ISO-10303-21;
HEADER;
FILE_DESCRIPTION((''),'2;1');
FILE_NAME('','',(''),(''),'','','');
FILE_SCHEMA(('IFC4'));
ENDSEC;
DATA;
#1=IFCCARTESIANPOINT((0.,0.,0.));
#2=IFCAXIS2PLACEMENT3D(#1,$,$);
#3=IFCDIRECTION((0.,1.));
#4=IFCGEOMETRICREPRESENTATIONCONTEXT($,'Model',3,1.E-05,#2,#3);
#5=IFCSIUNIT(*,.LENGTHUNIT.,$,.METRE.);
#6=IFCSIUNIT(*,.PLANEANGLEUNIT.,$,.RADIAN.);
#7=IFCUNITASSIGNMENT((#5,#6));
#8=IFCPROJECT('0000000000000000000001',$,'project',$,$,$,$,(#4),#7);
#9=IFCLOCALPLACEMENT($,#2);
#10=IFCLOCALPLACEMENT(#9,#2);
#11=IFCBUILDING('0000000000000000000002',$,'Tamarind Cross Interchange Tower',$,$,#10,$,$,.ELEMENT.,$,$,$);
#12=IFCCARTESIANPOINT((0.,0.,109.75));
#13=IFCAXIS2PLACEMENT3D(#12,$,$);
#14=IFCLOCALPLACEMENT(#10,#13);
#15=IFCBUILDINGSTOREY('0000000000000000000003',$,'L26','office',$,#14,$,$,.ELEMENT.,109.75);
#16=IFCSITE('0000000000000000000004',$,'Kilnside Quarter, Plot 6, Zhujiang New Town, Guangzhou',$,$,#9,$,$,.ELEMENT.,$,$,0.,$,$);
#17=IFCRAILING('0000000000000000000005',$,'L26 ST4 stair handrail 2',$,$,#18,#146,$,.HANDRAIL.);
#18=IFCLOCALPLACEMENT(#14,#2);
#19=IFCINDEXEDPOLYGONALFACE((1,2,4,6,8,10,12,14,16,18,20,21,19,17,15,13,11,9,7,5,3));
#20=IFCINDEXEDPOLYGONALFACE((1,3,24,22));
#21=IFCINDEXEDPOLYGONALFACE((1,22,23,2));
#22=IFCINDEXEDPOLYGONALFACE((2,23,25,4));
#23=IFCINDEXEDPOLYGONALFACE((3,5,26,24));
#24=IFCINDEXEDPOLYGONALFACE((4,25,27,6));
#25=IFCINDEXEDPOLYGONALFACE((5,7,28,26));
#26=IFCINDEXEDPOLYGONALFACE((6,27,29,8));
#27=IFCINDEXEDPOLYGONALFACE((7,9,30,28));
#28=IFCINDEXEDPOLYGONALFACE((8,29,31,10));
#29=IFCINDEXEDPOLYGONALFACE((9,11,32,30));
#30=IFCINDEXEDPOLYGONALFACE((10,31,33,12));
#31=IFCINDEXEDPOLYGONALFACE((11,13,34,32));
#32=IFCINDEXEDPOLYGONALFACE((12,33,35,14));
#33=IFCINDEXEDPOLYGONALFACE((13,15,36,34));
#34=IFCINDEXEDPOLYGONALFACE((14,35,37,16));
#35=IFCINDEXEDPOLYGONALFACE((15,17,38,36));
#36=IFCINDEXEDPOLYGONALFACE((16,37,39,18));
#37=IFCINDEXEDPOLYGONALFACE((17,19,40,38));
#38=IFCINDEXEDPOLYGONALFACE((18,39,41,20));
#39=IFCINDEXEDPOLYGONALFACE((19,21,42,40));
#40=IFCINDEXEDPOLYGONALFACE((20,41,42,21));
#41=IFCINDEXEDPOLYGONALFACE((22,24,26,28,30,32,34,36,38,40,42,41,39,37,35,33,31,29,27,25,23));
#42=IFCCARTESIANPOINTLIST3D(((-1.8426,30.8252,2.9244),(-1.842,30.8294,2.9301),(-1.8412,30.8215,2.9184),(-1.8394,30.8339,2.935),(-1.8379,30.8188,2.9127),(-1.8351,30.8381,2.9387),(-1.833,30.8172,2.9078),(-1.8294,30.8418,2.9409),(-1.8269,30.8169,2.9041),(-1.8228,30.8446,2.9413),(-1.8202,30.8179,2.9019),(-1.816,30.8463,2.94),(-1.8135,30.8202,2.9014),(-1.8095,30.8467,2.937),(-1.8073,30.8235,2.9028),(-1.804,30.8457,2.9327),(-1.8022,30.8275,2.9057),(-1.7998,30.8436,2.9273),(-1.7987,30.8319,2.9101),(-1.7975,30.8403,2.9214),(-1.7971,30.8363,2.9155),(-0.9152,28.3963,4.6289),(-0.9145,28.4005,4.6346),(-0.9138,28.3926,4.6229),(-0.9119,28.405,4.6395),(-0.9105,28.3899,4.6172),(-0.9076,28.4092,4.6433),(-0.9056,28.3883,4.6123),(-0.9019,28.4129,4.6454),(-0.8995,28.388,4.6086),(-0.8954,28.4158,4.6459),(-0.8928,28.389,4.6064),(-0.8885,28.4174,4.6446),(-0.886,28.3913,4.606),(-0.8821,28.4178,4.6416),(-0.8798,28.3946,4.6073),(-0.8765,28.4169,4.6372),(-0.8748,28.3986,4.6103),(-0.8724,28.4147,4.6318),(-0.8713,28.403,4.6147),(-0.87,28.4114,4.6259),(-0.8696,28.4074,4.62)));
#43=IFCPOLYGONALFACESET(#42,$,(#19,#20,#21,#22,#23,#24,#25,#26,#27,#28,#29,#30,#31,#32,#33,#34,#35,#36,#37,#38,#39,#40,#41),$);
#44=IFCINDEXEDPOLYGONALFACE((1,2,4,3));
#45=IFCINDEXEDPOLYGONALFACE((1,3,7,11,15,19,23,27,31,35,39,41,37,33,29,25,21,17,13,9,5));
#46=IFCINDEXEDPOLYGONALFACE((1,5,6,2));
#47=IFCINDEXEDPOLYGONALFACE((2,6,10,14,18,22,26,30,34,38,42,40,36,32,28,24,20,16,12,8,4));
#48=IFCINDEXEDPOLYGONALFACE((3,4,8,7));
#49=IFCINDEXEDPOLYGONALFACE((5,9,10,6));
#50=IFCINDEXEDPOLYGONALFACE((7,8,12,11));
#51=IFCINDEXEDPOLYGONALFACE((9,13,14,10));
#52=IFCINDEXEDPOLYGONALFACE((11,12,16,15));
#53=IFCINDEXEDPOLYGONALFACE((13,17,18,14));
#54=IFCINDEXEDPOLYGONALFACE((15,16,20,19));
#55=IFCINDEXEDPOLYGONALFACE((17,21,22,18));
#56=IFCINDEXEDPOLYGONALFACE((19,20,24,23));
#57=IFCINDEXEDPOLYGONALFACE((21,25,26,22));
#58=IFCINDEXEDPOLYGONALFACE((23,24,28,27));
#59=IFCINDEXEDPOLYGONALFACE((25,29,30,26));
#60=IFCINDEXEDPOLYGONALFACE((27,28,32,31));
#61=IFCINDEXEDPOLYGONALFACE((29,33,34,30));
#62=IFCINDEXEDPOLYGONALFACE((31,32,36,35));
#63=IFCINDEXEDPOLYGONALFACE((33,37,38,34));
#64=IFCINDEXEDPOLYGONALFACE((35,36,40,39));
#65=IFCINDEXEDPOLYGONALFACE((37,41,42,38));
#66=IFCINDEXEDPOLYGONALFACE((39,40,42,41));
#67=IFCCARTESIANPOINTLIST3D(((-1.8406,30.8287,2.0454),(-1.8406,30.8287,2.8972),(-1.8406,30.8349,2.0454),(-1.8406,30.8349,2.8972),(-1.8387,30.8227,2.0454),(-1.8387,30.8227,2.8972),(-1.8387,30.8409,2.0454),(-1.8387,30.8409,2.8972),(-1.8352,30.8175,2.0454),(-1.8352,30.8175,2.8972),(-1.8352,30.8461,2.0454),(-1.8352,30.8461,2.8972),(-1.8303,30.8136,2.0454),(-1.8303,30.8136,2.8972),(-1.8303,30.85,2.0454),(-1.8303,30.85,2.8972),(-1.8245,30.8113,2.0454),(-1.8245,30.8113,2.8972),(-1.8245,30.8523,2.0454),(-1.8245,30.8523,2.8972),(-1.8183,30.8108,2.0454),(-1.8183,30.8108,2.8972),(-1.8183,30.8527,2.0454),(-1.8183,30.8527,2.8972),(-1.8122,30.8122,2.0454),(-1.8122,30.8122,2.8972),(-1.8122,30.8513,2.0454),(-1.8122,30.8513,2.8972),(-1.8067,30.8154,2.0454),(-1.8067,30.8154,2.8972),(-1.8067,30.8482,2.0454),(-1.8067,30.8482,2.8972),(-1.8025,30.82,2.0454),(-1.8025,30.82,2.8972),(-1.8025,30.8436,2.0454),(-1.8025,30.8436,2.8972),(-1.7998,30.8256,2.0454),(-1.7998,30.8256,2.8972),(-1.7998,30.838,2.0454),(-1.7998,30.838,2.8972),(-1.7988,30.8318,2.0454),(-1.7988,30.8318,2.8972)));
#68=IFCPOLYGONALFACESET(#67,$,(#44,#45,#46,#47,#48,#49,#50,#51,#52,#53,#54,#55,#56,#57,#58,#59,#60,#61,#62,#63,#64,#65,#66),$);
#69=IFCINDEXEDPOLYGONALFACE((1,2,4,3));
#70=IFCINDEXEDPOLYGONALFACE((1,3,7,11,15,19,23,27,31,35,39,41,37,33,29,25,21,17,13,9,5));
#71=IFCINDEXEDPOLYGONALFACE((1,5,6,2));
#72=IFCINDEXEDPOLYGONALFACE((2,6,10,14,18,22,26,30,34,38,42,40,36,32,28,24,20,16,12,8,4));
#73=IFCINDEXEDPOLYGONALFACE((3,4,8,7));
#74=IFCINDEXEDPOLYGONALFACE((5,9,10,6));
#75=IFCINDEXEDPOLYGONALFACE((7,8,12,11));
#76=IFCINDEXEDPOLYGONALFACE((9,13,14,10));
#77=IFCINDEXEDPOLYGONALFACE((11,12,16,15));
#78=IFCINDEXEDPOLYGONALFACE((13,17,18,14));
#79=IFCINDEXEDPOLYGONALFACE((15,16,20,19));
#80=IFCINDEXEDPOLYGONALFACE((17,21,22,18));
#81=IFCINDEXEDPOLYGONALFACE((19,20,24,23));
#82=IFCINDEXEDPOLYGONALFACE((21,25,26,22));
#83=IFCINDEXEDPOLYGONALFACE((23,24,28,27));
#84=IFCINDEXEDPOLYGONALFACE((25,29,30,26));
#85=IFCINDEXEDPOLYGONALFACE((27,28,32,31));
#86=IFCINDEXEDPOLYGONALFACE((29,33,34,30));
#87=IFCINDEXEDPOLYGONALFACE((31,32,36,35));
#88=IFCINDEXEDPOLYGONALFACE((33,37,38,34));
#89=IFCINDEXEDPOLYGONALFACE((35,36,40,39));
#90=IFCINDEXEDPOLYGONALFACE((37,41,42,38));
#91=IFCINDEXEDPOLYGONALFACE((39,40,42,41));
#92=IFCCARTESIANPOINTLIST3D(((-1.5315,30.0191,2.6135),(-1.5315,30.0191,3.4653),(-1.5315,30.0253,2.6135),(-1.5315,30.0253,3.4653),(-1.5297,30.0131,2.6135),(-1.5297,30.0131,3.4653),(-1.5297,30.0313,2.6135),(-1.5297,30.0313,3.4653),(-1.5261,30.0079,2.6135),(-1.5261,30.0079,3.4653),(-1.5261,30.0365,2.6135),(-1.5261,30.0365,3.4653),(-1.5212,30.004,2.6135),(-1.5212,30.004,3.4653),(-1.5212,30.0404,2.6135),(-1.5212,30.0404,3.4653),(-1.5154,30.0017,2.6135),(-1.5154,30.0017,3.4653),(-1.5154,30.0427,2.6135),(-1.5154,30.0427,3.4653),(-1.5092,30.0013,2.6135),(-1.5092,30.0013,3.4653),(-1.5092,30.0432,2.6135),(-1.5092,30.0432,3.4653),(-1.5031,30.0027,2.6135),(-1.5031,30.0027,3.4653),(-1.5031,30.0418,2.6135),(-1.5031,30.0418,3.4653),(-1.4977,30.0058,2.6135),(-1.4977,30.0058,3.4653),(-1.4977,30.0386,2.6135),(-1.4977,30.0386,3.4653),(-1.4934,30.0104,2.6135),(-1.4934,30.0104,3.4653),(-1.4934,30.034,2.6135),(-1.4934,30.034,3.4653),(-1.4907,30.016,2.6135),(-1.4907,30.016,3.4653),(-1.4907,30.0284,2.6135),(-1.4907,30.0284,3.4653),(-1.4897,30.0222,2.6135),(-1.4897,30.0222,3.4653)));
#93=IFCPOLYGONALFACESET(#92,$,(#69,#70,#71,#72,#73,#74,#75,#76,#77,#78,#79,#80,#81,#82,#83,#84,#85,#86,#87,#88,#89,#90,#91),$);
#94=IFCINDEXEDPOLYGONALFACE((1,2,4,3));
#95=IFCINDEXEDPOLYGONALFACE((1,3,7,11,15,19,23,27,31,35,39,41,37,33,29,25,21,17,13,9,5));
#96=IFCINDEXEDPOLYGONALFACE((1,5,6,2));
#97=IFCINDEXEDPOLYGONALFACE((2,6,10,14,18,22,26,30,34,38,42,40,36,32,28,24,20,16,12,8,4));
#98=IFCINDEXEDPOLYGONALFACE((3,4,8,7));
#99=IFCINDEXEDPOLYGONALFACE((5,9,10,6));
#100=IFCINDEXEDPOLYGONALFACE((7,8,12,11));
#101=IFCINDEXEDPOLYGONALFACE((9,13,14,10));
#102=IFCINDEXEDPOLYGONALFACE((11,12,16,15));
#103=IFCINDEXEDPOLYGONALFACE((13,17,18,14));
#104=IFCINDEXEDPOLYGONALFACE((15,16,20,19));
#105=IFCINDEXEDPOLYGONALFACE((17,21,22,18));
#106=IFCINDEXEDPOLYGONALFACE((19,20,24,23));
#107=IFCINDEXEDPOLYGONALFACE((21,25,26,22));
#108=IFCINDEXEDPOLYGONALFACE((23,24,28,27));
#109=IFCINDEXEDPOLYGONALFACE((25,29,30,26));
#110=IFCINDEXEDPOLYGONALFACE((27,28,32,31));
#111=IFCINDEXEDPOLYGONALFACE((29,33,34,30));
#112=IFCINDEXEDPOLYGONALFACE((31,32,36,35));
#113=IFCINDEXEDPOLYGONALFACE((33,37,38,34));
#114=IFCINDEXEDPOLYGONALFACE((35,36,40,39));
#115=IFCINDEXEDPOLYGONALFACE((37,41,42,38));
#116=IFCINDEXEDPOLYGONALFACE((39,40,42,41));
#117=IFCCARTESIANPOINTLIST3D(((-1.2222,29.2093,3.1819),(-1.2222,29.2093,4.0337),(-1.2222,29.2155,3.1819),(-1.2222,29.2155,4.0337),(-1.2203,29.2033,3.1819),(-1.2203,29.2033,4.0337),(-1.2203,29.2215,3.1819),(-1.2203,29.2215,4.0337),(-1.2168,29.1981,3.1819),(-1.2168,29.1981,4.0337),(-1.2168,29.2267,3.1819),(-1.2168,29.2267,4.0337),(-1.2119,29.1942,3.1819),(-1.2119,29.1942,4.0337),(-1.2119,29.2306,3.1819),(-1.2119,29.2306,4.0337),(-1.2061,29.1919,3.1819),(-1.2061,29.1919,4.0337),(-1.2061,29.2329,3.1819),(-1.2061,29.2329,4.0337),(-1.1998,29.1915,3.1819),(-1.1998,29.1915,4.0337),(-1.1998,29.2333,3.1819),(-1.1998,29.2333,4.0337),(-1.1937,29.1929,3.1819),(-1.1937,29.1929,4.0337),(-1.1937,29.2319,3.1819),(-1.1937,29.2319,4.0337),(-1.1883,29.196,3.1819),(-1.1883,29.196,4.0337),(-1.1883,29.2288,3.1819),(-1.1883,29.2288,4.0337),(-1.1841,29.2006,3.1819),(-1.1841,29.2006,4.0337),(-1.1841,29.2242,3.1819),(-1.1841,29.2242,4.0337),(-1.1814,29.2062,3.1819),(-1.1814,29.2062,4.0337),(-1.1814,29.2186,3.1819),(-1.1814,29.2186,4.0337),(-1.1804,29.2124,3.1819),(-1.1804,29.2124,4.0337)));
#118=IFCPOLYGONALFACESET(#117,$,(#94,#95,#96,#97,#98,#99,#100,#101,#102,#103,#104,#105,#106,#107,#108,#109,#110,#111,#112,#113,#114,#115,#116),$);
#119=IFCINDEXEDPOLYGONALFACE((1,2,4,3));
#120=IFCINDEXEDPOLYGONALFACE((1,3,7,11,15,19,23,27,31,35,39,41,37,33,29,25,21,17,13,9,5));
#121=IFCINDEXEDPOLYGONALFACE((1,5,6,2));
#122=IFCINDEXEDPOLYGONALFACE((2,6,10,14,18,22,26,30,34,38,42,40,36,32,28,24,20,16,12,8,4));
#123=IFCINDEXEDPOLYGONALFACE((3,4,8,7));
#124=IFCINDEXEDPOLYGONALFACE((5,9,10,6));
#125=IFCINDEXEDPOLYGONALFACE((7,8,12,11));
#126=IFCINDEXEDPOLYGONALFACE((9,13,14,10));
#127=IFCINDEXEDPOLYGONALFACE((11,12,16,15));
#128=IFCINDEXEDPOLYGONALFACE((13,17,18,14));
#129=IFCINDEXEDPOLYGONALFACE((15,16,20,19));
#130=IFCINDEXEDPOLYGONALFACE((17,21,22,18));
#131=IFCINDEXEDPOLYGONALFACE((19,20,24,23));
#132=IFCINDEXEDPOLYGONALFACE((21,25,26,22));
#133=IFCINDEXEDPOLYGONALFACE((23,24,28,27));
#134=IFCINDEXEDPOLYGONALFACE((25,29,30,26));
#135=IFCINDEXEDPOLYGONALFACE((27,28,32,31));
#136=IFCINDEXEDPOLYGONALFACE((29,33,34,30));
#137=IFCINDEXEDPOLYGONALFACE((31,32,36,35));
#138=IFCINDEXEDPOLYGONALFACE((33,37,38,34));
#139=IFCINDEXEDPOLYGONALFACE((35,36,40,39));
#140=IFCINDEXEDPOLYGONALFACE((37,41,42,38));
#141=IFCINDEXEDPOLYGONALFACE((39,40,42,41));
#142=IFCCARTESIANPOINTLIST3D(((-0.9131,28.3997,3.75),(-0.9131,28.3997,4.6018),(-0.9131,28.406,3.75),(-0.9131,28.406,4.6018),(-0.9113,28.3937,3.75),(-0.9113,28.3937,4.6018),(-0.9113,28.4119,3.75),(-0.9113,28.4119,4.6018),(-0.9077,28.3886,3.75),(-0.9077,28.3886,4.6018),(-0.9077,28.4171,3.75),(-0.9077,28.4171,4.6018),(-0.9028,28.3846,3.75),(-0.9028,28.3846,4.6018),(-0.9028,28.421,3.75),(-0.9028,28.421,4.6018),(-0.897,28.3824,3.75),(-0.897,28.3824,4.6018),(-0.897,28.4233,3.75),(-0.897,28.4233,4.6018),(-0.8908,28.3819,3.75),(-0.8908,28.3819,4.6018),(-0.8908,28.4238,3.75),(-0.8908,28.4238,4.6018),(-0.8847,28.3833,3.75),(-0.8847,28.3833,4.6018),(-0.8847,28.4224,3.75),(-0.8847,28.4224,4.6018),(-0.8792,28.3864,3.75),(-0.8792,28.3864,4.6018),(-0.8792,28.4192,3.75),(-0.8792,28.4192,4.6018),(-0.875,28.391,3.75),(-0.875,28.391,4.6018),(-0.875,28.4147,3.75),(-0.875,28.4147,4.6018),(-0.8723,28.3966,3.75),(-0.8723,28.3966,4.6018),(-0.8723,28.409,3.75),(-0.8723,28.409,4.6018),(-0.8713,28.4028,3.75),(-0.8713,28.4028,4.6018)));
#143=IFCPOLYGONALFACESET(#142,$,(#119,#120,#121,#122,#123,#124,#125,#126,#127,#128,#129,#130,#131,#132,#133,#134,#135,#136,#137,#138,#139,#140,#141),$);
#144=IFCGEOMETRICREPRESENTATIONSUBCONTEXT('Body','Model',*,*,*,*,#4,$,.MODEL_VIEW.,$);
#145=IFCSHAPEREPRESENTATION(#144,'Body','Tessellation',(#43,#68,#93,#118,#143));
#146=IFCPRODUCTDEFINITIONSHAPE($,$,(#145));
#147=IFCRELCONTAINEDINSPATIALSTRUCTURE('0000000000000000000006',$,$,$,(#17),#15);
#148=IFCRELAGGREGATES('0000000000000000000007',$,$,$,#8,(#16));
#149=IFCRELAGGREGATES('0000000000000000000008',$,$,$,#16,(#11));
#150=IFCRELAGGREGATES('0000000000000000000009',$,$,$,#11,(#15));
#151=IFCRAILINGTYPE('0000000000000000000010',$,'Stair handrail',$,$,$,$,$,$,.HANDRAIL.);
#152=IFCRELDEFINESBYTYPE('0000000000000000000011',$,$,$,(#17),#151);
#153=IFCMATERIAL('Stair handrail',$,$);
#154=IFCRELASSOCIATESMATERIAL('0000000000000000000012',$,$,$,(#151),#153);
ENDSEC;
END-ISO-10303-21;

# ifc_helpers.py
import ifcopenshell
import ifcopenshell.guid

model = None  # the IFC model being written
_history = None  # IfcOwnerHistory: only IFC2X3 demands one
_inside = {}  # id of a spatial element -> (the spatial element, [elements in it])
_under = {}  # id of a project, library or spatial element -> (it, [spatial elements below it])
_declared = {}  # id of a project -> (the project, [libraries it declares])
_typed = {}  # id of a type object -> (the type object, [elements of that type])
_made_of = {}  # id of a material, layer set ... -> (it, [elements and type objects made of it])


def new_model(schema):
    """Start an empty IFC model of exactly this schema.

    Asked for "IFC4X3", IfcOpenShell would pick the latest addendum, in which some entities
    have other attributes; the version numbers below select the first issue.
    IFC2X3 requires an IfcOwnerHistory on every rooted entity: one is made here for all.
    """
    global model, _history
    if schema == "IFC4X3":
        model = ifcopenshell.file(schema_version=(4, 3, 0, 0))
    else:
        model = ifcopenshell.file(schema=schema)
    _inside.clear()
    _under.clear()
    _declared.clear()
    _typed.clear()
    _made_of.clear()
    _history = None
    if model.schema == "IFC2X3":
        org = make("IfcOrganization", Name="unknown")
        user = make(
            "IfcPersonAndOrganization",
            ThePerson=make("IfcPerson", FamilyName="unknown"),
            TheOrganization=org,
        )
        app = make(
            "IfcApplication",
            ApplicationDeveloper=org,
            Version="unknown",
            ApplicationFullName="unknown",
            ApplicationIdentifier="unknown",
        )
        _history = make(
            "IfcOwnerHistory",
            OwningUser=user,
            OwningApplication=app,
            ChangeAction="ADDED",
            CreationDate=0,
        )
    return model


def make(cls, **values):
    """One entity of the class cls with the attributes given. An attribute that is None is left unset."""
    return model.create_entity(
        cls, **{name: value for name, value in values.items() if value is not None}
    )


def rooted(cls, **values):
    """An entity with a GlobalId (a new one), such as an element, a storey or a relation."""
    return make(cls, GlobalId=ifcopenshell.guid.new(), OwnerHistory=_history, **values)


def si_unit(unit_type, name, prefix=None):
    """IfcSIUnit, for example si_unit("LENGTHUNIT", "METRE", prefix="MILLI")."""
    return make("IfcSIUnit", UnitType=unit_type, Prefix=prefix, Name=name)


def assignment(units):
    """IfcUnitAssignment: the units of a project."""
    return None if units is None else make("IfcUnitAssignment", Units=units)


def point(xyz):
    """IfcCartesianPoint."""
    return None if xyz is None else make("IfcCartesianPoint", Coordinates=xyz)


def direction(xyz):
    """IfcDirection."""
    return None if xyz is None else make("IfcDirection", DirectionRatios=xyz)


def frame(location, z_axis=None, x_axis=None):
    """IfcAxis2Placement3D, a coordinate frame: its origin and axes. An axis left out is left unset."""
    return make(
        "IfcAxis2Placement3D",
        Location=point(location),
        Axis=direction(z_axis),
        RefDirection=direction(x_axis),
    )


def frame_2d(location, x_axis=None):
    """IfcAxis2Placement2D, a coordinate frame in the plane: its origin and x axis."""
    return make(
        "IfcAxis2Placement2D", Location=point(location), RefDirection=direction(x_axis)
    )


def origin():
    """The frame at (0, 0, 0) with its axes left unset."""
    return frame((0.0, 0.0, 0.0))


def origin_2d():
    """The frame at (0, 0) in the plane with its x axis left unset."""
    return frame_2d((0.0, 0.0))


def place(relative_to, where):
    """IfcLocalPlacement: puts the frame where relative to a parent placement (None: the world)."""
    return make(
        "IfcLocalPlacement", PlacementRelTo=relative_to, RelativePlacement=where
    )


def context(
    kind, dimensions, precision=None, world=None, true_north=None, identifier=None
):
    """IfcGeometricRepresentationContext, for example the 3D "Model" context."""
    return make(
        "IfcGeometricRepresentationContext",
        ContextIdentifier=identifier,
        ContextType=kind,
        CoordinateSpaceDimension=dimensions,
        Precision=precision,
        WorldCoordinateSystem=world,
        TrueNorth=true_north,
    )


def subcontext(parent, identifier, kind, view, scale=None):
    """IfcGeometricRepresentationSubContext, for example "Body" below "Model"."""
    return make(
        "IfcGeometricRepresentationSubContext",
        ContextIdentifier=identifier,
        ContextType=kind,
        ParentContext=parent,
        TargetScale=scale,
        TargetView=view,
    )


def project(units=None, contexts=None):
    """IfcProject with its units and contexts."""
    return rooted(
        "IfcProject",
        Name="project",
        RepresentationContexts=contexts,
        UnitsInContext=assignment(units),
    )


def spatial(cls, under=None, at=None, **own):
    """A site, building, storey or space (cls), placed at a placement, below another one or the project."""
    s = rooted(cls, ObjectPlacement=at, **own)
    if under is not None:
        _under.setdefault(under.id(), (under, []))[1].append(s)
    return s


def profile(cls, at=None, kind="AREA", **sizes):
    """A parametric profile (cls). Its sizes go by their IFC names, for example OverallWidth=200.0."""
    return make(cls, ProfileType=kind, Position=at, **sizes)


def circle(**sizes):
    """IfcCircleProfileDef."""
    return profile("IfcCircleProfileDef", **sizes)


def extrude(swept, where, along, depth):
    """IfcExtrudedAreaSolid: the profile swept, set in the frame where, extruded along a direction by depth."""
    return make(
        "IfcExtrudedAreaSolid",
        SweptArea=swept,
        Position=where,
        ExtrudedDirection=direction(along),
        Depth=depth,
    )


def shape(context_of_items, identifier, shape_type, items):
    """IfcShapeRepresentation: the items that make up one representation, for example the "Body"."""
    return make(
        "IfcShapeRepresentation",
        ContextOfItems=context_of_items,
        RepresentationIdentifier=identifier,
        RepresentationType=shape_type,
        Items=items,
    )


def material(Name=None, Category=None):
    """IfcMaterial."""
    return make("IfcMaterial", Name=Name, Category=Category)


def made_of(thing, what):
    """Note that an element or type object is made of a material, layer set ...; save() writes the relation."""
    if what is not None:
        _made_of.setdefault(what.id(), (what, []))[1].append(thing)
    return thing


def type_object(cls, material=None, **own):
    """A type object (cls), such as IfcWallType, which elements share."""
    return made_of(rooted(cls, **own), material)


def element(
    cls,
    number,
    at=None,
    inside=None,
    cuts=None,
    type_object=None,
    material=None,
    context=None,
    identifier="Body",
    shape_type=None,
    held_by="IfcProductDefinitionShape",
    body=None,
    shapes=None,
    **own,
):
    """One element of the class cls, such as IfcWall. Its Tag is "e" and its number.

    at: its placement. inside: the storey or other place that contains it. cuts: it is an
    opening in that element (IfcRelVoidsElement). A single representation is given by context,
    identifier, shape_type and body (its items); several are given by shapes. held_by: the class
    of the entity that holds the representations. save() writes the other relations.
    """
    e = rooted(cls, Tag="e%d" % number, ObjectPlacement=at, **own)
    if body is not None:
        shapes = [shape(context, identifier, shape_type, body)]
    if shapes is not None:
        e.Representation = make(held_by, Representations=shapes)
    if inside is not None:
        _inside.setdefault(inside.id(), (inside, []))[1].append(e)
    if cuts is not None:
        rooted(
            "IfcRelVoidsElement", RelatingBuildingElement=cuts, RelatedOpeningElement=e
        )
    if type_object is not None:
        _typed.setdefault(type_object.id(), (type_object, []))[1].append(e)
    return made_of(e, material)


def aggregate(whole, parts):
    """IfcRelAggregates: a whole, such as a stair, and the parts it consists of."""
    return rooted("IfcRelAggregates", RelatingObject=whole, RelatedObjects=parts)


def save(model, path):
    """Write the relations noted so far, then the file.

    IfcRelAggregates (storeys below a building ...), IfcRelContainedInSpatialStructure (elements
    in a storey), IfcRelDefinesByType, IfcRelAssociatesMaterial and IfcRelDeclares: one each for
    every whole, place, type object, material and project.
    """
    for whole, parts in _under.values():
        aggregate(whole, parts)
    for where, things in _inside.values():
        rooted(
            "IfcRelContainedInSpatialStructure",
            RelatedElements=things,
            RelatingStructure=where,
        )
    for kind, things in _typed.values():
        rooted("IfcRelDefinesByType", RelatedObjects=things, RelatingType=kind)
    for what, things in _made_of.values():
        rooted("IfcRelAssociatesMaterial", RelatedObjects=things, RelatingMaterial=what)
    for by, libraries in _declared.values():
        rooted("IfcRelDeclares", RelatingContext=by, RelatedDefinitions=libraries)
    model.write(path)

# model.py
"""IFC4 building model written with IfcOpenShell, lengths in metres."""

from ifc_helpers import new_model, si_unit, direction, frame, origin, origin_2d, place, context, subcontext, project, spatial, circle, extrude, material, type_object, element, save


model = new_model("IFC4")

# Units and contexts
model_context = context("Model", 3, precision=1e-05, world=origin(), true_north=direction((0.0, 1.0)))
body_context = subcontext(model_context, "Body", "Model", "MODEL_VIEW")
ifc_project = project(units=[si_unit("LENGTHUNIT", "METRE"), si_unit("PLANEANGLEUNIT", "RADIAN")], contexts=[model_context])

# Site, building, storey
site_placement = place(None, origin())
site = spatial("IfcSite", under=ifc_project, at=site_placement, Name="Kilnside Quarter, Plot 6, Zhujiang New Town, Guangzhou", CompositionType="ELEMENT", RefElevation=0.0)
building_placement = place(site_placement, origin())
building = spatial("IfcBuilding", under=site, at=building_placement, Name="Tamarind Cross Interchange Tower", CompositionType="ELEMENT")
storey_placement = place(building_placement, frame((0.0, 0.0, 109.75)))
storey = spatial("IfcBuildingStorey", under=building, at=storey_placement, Name="L26", Description="office", CompositionType="ELEMENT", Elevation=109.75)

# Railing
ifc_material_1 = material(Name="Stair handrail")
railing_type_1 = type_object("IfcRailingType", Name="Stair handrail", PredefinedType="HANDRAIL", material=ifc_material_1)
railing_1_placement = place(storey_placement, frame((-1.8198, 30.8318, 2.0454)))
element("IfcRailing", 1, at=railing_1_placement, inside=storey, type_object=railing_type_1, Name="L26 ST4 stair handrail 2", PredefinedType="HANDRAIL", context=body_context, shape_type="SweptSolid", body=[
    extrude(circle(Radius=0.0239, at=origin_2d()), frame((0.0, 0.0, 0.876), z_axis=(0.298327, -0.781274, 0.548281), x_axis=(0.934209, 0.356725, 0.0)), (0.0, 0.0, 1.0), 3.1089),
    extrude(circle(Radius=0.021, at=origin_2d()), origin(), (0.0, 0.0, 1.0), 0.8518),
    extrude(circle(Radius=0.021, at=origin_2d()), frame((0.3091, -0.8096, 0.5681)), (0.0, 0.0, 1.0), 0.8518),
    extrude(circle(Radius=0.021, at=origin_2d()), frame((0.6184, -1.6194, 1.1365)), (0.0, 0.0, 1.0), 0.8518),
    extrude(circle(Radius=0.021, at=origin_2d()), frame((0.9275, -2.429, 1.7046)), (0.0, 0.0, 1.0), 0.8518),
])

save(model, "model.ifc")
